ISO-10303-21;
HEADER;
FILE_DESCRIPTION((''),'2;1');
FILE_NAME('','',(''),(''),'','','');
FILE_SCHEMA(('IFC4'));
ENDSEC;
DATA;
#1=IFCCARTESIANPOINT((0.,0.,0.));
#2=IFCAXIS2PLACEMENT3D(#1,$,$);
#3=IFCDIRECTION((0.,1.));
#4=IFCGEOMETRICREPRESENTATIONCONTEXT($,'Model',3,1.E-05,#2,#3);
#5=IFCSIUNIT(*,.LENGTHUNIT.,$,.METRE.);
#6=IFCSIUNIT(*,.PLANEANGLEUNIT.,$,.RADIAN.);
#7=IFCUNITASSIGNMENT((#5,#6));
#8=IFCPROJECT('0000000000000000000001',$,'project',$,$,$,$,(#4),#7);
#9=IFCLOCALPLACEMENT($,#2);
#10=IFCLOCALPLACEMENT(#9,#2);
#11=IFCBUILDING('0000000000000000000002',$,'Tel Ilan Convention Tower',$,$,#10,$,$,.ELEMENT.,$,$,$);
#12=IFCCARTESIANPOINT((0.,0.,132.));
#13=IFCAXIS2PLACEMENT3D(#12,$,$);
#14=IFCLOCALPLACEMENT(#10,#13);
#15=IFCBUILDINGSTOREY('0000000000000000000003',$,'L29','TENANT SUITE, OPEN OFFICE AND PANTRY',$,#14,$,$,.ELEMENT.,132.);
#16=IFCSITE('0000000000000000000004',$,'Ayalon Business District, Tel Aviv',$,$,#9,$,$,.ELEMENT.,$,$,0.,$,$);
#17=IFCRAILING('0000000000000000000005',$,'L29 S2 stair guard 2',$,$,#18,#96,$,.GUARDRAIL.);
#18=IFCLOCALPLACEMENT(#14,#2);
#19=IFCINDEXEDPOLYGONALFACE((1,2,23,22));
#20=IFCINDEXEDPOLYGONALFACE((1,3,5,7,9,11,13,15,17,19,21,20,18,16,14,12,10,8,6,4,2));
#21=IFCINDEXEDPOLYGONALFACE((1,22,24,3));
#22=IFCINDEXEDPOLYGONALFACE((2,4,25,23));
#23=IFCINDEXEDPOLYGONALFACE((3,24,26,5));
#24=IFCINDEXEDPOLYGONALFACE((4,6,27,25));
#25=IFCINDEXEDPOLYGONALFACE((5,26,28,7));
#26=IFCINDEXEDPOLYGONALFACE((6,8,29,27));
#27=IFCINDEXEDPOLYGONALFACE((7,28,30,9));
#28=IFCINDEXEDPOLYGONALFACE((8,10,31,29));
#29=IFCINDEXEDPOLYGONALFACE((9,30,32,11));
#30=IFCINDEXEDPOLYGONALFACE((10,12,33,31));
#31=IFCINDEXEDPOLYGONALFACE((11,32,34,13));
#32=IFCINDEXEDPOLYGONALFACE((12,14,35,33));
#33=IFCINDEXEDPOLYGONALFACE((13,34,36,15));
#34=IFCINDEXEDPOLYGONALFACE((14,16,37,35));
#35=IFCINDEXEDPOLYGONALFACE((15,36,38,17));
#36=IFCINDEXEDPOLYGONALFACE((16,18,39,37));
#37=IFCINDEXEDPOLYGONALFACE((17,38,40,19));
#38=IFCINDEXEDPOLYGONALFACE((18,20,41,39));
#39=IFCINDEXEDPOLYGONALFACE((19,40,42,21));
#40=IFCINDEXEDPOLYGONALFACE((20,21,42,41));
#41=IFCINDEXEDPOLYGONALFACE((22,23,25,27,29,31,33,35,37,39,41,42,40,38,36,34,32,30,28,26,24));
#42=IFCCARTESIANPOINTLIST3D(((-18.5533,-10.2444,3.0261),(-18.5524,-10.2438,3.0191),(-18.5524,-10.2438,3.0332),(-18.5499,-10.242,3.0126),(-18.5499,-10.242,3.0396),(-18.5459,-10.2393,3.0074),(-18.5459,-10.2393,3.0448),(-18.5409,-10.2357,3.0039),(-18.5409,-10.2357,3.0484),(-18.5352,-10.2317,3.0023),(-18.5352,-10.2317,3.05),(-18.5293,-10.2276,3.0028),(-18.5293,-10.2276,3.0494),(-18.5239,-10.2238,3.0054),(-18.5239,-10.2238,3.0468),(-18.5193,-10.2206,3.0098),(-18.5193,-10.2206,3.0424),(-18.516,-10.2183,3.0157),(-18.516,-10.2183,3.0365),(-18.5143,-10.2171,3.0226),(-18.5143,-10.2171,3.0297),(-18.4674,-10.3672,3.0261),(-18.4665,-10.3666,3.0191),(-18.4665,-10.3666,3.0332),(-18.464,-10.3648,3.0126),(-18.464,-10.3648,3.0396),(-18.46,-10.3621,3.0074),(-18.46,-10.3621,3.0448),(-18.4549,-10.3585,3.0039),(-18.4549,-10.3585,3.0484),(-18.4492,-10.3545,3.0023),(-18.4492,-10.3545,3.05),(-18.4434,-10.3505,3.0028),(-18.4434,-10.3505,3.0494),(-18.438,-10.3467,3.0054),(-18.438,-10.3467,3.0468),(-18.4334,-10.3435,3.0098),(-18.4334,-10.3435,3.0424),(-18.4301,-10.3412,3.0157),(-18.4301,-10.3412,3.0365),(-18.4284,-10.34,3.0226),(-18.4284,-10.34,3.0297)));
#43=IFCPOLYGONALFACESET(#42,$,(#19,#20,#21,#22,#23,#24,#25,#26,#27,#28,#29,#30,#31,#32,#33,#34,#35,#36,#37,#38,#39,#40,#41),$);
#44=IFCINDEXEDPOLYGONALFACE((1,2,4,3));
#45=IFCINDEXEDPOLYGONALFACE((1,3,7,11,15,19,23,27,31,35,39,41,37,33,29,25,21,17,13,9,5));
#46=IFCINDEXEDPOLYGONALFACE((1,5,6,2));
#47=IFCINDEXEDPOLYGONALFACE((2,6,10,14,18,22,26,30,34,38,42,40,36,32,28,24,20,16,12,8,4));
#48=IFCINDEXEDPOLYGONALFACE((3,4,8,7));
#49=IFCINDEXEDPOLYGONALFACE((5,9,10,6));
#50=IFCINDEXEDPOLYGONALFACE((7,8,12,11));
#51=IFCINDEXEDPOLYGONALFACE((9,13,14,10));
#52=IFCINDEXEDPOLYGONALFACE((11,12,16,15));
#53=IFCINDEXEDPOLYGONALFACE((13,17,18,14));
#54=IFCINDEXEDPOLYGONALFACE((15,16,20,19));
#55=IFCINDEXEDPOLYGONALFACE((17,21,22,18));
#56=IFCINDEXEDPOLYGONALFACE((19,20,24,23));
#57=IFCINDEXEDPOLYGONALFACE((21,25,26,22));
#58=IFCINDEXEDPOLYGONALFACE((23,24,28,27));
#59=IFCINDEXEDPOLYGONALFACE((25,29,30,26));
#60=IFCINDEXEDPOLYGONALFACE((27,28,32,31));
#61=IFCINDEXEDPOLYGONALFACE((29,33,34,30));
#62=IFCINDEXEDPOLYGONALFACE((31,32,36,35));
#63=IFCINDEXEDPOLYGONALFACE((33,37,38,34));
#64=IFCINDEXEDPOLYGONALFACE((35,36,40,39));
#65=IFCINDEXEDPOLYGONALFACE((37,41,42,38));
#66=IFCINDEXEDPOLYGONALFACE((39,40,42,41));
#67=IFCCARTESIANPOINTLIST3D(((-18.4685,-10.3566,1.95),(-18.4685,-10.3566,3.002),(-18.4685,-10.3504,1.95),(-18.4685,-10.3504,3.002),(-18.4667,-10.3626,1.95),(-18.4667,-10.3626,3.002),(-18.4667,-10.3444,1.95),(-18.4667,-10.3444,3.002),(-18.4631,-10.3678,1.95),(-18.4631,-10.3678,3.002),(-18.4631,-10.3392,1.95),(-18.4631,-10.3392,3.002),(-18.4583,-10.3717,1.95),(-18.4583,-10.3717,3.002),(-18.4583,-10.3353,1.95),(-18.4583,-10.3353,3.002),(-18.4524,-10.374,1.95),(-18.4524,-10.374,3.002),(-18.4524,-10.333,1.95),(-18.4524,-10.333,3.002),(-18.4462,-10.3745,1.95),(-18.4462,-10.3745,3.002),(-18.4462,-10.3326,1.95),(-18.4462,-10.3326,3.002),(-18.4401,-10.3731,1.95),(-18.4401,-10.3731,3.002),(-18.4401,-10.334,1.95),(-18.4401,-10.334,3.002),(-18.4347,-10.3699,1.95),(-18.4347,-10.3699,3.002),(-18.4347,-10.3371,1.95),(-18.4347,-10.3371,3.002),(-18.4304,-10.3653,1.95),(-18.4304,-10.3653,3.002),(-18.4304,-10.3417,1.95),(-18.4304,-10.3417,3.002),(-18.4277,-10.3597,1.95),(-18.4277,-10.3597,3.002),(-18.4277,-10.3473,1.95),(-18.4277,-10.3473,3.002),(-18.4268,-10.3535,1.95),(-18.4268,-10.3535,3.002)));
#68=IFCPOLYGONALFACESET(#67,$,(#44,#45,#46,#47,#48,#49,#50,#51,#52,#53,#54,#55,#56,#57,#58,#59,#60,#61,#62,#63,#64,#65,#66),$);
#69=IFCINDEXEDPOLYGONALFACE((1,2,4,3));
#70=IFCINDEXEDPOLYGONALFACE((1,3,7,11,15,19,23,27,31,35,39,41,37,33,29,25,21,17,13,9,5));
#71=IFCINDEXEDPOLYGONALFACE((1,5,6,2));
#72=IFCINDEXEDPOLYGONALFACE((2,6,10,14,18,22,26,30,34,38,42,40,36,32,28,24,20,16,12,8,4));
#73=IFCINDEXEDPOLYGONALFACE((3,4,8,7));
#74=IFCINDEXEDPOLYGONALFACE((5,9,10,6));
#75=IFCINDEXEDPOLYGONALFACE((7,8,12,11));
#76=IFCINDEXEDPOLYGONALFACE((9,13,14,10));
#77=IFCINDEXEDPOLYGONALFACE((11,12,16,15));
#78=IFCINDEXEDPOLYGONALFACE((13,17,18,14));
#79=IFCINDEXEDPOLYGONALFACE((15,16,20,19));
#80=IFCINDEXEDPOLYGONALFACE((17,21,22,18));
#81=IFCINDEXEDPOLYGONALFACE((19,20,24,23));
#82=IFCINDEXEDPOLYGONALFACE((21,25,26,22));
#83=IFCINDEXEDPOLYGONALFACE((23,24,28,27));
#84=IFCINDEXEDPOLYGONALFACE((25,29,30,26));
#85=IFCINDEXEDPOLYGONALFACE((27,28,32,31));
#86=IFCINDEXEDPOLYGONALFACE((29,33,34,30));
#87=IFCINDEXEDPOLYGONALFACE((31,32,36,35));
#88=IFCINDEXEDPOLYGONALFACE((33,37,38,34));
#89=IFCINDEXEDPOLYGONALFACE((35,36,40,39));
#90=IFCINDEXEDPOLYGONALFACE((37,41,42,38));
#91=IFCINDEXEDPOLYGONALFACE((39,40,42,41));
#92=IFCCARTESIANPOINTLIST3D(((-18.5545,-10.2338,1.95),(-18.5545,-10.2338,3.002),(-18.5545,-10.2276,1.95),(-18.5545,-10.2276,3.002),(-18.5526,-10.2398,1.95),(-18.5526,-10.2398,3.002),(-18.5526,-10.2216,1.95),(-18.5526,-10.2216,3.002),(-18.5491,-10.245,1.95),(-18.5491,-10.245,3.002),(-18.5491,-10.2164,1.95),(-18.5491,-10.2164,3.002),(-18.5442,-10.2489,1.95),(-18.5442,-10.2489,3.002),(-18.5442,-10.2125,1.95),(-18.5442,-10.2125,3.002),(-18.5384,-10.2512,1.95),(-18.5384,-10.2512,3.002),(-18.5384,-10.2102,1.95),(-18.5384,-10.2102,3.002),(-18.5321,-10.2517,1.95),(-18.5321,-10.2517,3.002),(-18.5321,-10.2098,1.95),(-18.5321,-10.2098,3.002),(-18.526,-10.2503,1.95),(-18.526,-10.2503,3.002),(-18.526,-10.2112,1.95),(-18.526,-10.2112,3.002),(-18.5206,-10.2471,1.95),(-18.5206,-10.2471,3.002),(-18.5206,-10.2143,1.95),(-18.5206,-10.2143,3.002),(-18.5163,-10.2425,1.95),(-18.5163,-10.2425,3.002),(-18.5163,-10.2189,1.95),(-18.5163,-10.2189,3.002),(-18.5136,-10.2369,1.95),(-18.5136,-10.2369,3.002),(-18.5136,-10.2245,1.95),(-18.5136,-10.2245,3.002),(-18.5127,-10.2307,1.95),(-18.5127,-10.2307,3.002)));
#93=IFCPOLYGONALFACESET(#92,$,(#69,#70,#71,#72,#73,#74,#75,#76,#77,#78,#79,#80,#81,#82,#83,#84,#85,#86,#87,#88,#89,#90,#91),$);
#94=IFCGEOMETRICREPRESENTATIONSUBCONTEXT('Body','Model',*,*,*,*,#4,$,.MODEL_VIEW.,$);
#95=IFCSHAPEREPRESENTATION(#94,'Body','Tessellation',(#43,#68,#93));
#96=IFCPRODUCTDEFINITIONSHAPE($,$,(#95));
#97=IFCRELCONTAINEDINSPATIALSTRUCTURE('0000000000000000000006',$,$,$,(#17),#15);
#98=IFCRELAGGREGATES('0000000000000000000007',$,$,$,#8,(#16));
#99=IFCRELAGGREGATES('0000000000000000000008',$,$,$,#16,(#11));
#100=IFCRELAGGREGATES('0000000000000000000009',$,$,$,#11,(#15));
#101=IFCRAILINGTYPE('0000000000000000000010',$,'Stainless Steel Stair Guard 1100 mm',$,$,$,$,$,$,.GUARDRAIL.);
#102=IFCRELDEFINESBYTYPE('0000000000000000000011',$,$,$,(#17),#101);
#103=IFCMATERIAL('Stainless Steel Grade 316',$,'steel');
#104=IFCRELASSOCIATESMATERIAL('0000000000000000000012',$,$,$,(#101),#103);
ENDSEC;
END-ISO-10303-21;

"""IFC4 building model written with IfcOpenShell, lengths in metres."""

from ifc_helpers import new_model, si_unit, direction, frame, origin, origin_2d, place, context, subcontext, project, spatial, circle, extrude, material, type_object, element, save


model = new_model("IFC4")

# Units and contexts
model_context = context("Model", 3, precision=1e-05, world=origin(), true_north=direction((0.0, 1.0)))
body_context = subcontext(model_context, "Body", "Model", "MODEL_VIEW")
ifc_project = project(units=[si_unit("LENGTHUNIT", "METRE"), si_unit("PLANEANGLEUNIT", "RADIAN")], contexts=[model_context])

# Site, building, storey
site_placement = place(None, origin())
site = spatial("IfcSite", under=ifc_project, at=site_placement, Name="Ayalon Business District, Tel Aviv", CompositionType="ELEMENT", RefElevation=0.0)
building_placement = place(site_placement, origin())
building = spatial("IfcBuilding", under=site, at=building_placement, Name="Tel Ilan Convention Tower", CompositionType="ELEMENT")
storey_placement = place(building_placement, frame((0.0, 0.0, 132.0)))
storey = spatial("IfcBuildingStorey", under=building, at=storey_placement, Name="L29", Description="TENANT SUITE, OPEN OFFICE AND PANTRY", CompositionType="ELEMENT", Elevation=132.0)

# Railing
ifc_material_1 = material(Name="Stainless Steel Grade 316", Category="steel")
railing_type_1 = type_object("IfcRailingType", Name="Stainless Steel Stair Guard 1100 mm", PredefinedType="GUARDRAIL", material=ifc_material_1)
railing_1_placement = place(storey_placement, frame((-18.4478, -10.3535, 1.95)))
element("IfcRailing", 1, at=railing_1_placement, inside=storey, type_object=railing_type_1, Name="L29 S2 stair guard 2", PredefinedType="GUARDRAIL", context=body_context, shape_type="SweptSolid", body=[
    extrude(circle(Radius=0.0239, at=origin_2d()), frame((0.0, 0.0, 1.0762), z_axis=(-0.573353, 0.819308, 0.0), x_axis=(-0.819308, -0.573353, 0.0)), (0.0, 0.0, 1.0), 0.1499),
    extrude(circle(Radius=0.021, at=origin_2d()), origin(), (0.0, 0.0, 1.0), 1.052),
    extrude(circle(Radius=0.021, at=origin_2d()), frame((-0.0859, 0.1228, 0.0)), (0.0, 0.0, 1.0), 1.052),
])

save(model, "model.ifc")
